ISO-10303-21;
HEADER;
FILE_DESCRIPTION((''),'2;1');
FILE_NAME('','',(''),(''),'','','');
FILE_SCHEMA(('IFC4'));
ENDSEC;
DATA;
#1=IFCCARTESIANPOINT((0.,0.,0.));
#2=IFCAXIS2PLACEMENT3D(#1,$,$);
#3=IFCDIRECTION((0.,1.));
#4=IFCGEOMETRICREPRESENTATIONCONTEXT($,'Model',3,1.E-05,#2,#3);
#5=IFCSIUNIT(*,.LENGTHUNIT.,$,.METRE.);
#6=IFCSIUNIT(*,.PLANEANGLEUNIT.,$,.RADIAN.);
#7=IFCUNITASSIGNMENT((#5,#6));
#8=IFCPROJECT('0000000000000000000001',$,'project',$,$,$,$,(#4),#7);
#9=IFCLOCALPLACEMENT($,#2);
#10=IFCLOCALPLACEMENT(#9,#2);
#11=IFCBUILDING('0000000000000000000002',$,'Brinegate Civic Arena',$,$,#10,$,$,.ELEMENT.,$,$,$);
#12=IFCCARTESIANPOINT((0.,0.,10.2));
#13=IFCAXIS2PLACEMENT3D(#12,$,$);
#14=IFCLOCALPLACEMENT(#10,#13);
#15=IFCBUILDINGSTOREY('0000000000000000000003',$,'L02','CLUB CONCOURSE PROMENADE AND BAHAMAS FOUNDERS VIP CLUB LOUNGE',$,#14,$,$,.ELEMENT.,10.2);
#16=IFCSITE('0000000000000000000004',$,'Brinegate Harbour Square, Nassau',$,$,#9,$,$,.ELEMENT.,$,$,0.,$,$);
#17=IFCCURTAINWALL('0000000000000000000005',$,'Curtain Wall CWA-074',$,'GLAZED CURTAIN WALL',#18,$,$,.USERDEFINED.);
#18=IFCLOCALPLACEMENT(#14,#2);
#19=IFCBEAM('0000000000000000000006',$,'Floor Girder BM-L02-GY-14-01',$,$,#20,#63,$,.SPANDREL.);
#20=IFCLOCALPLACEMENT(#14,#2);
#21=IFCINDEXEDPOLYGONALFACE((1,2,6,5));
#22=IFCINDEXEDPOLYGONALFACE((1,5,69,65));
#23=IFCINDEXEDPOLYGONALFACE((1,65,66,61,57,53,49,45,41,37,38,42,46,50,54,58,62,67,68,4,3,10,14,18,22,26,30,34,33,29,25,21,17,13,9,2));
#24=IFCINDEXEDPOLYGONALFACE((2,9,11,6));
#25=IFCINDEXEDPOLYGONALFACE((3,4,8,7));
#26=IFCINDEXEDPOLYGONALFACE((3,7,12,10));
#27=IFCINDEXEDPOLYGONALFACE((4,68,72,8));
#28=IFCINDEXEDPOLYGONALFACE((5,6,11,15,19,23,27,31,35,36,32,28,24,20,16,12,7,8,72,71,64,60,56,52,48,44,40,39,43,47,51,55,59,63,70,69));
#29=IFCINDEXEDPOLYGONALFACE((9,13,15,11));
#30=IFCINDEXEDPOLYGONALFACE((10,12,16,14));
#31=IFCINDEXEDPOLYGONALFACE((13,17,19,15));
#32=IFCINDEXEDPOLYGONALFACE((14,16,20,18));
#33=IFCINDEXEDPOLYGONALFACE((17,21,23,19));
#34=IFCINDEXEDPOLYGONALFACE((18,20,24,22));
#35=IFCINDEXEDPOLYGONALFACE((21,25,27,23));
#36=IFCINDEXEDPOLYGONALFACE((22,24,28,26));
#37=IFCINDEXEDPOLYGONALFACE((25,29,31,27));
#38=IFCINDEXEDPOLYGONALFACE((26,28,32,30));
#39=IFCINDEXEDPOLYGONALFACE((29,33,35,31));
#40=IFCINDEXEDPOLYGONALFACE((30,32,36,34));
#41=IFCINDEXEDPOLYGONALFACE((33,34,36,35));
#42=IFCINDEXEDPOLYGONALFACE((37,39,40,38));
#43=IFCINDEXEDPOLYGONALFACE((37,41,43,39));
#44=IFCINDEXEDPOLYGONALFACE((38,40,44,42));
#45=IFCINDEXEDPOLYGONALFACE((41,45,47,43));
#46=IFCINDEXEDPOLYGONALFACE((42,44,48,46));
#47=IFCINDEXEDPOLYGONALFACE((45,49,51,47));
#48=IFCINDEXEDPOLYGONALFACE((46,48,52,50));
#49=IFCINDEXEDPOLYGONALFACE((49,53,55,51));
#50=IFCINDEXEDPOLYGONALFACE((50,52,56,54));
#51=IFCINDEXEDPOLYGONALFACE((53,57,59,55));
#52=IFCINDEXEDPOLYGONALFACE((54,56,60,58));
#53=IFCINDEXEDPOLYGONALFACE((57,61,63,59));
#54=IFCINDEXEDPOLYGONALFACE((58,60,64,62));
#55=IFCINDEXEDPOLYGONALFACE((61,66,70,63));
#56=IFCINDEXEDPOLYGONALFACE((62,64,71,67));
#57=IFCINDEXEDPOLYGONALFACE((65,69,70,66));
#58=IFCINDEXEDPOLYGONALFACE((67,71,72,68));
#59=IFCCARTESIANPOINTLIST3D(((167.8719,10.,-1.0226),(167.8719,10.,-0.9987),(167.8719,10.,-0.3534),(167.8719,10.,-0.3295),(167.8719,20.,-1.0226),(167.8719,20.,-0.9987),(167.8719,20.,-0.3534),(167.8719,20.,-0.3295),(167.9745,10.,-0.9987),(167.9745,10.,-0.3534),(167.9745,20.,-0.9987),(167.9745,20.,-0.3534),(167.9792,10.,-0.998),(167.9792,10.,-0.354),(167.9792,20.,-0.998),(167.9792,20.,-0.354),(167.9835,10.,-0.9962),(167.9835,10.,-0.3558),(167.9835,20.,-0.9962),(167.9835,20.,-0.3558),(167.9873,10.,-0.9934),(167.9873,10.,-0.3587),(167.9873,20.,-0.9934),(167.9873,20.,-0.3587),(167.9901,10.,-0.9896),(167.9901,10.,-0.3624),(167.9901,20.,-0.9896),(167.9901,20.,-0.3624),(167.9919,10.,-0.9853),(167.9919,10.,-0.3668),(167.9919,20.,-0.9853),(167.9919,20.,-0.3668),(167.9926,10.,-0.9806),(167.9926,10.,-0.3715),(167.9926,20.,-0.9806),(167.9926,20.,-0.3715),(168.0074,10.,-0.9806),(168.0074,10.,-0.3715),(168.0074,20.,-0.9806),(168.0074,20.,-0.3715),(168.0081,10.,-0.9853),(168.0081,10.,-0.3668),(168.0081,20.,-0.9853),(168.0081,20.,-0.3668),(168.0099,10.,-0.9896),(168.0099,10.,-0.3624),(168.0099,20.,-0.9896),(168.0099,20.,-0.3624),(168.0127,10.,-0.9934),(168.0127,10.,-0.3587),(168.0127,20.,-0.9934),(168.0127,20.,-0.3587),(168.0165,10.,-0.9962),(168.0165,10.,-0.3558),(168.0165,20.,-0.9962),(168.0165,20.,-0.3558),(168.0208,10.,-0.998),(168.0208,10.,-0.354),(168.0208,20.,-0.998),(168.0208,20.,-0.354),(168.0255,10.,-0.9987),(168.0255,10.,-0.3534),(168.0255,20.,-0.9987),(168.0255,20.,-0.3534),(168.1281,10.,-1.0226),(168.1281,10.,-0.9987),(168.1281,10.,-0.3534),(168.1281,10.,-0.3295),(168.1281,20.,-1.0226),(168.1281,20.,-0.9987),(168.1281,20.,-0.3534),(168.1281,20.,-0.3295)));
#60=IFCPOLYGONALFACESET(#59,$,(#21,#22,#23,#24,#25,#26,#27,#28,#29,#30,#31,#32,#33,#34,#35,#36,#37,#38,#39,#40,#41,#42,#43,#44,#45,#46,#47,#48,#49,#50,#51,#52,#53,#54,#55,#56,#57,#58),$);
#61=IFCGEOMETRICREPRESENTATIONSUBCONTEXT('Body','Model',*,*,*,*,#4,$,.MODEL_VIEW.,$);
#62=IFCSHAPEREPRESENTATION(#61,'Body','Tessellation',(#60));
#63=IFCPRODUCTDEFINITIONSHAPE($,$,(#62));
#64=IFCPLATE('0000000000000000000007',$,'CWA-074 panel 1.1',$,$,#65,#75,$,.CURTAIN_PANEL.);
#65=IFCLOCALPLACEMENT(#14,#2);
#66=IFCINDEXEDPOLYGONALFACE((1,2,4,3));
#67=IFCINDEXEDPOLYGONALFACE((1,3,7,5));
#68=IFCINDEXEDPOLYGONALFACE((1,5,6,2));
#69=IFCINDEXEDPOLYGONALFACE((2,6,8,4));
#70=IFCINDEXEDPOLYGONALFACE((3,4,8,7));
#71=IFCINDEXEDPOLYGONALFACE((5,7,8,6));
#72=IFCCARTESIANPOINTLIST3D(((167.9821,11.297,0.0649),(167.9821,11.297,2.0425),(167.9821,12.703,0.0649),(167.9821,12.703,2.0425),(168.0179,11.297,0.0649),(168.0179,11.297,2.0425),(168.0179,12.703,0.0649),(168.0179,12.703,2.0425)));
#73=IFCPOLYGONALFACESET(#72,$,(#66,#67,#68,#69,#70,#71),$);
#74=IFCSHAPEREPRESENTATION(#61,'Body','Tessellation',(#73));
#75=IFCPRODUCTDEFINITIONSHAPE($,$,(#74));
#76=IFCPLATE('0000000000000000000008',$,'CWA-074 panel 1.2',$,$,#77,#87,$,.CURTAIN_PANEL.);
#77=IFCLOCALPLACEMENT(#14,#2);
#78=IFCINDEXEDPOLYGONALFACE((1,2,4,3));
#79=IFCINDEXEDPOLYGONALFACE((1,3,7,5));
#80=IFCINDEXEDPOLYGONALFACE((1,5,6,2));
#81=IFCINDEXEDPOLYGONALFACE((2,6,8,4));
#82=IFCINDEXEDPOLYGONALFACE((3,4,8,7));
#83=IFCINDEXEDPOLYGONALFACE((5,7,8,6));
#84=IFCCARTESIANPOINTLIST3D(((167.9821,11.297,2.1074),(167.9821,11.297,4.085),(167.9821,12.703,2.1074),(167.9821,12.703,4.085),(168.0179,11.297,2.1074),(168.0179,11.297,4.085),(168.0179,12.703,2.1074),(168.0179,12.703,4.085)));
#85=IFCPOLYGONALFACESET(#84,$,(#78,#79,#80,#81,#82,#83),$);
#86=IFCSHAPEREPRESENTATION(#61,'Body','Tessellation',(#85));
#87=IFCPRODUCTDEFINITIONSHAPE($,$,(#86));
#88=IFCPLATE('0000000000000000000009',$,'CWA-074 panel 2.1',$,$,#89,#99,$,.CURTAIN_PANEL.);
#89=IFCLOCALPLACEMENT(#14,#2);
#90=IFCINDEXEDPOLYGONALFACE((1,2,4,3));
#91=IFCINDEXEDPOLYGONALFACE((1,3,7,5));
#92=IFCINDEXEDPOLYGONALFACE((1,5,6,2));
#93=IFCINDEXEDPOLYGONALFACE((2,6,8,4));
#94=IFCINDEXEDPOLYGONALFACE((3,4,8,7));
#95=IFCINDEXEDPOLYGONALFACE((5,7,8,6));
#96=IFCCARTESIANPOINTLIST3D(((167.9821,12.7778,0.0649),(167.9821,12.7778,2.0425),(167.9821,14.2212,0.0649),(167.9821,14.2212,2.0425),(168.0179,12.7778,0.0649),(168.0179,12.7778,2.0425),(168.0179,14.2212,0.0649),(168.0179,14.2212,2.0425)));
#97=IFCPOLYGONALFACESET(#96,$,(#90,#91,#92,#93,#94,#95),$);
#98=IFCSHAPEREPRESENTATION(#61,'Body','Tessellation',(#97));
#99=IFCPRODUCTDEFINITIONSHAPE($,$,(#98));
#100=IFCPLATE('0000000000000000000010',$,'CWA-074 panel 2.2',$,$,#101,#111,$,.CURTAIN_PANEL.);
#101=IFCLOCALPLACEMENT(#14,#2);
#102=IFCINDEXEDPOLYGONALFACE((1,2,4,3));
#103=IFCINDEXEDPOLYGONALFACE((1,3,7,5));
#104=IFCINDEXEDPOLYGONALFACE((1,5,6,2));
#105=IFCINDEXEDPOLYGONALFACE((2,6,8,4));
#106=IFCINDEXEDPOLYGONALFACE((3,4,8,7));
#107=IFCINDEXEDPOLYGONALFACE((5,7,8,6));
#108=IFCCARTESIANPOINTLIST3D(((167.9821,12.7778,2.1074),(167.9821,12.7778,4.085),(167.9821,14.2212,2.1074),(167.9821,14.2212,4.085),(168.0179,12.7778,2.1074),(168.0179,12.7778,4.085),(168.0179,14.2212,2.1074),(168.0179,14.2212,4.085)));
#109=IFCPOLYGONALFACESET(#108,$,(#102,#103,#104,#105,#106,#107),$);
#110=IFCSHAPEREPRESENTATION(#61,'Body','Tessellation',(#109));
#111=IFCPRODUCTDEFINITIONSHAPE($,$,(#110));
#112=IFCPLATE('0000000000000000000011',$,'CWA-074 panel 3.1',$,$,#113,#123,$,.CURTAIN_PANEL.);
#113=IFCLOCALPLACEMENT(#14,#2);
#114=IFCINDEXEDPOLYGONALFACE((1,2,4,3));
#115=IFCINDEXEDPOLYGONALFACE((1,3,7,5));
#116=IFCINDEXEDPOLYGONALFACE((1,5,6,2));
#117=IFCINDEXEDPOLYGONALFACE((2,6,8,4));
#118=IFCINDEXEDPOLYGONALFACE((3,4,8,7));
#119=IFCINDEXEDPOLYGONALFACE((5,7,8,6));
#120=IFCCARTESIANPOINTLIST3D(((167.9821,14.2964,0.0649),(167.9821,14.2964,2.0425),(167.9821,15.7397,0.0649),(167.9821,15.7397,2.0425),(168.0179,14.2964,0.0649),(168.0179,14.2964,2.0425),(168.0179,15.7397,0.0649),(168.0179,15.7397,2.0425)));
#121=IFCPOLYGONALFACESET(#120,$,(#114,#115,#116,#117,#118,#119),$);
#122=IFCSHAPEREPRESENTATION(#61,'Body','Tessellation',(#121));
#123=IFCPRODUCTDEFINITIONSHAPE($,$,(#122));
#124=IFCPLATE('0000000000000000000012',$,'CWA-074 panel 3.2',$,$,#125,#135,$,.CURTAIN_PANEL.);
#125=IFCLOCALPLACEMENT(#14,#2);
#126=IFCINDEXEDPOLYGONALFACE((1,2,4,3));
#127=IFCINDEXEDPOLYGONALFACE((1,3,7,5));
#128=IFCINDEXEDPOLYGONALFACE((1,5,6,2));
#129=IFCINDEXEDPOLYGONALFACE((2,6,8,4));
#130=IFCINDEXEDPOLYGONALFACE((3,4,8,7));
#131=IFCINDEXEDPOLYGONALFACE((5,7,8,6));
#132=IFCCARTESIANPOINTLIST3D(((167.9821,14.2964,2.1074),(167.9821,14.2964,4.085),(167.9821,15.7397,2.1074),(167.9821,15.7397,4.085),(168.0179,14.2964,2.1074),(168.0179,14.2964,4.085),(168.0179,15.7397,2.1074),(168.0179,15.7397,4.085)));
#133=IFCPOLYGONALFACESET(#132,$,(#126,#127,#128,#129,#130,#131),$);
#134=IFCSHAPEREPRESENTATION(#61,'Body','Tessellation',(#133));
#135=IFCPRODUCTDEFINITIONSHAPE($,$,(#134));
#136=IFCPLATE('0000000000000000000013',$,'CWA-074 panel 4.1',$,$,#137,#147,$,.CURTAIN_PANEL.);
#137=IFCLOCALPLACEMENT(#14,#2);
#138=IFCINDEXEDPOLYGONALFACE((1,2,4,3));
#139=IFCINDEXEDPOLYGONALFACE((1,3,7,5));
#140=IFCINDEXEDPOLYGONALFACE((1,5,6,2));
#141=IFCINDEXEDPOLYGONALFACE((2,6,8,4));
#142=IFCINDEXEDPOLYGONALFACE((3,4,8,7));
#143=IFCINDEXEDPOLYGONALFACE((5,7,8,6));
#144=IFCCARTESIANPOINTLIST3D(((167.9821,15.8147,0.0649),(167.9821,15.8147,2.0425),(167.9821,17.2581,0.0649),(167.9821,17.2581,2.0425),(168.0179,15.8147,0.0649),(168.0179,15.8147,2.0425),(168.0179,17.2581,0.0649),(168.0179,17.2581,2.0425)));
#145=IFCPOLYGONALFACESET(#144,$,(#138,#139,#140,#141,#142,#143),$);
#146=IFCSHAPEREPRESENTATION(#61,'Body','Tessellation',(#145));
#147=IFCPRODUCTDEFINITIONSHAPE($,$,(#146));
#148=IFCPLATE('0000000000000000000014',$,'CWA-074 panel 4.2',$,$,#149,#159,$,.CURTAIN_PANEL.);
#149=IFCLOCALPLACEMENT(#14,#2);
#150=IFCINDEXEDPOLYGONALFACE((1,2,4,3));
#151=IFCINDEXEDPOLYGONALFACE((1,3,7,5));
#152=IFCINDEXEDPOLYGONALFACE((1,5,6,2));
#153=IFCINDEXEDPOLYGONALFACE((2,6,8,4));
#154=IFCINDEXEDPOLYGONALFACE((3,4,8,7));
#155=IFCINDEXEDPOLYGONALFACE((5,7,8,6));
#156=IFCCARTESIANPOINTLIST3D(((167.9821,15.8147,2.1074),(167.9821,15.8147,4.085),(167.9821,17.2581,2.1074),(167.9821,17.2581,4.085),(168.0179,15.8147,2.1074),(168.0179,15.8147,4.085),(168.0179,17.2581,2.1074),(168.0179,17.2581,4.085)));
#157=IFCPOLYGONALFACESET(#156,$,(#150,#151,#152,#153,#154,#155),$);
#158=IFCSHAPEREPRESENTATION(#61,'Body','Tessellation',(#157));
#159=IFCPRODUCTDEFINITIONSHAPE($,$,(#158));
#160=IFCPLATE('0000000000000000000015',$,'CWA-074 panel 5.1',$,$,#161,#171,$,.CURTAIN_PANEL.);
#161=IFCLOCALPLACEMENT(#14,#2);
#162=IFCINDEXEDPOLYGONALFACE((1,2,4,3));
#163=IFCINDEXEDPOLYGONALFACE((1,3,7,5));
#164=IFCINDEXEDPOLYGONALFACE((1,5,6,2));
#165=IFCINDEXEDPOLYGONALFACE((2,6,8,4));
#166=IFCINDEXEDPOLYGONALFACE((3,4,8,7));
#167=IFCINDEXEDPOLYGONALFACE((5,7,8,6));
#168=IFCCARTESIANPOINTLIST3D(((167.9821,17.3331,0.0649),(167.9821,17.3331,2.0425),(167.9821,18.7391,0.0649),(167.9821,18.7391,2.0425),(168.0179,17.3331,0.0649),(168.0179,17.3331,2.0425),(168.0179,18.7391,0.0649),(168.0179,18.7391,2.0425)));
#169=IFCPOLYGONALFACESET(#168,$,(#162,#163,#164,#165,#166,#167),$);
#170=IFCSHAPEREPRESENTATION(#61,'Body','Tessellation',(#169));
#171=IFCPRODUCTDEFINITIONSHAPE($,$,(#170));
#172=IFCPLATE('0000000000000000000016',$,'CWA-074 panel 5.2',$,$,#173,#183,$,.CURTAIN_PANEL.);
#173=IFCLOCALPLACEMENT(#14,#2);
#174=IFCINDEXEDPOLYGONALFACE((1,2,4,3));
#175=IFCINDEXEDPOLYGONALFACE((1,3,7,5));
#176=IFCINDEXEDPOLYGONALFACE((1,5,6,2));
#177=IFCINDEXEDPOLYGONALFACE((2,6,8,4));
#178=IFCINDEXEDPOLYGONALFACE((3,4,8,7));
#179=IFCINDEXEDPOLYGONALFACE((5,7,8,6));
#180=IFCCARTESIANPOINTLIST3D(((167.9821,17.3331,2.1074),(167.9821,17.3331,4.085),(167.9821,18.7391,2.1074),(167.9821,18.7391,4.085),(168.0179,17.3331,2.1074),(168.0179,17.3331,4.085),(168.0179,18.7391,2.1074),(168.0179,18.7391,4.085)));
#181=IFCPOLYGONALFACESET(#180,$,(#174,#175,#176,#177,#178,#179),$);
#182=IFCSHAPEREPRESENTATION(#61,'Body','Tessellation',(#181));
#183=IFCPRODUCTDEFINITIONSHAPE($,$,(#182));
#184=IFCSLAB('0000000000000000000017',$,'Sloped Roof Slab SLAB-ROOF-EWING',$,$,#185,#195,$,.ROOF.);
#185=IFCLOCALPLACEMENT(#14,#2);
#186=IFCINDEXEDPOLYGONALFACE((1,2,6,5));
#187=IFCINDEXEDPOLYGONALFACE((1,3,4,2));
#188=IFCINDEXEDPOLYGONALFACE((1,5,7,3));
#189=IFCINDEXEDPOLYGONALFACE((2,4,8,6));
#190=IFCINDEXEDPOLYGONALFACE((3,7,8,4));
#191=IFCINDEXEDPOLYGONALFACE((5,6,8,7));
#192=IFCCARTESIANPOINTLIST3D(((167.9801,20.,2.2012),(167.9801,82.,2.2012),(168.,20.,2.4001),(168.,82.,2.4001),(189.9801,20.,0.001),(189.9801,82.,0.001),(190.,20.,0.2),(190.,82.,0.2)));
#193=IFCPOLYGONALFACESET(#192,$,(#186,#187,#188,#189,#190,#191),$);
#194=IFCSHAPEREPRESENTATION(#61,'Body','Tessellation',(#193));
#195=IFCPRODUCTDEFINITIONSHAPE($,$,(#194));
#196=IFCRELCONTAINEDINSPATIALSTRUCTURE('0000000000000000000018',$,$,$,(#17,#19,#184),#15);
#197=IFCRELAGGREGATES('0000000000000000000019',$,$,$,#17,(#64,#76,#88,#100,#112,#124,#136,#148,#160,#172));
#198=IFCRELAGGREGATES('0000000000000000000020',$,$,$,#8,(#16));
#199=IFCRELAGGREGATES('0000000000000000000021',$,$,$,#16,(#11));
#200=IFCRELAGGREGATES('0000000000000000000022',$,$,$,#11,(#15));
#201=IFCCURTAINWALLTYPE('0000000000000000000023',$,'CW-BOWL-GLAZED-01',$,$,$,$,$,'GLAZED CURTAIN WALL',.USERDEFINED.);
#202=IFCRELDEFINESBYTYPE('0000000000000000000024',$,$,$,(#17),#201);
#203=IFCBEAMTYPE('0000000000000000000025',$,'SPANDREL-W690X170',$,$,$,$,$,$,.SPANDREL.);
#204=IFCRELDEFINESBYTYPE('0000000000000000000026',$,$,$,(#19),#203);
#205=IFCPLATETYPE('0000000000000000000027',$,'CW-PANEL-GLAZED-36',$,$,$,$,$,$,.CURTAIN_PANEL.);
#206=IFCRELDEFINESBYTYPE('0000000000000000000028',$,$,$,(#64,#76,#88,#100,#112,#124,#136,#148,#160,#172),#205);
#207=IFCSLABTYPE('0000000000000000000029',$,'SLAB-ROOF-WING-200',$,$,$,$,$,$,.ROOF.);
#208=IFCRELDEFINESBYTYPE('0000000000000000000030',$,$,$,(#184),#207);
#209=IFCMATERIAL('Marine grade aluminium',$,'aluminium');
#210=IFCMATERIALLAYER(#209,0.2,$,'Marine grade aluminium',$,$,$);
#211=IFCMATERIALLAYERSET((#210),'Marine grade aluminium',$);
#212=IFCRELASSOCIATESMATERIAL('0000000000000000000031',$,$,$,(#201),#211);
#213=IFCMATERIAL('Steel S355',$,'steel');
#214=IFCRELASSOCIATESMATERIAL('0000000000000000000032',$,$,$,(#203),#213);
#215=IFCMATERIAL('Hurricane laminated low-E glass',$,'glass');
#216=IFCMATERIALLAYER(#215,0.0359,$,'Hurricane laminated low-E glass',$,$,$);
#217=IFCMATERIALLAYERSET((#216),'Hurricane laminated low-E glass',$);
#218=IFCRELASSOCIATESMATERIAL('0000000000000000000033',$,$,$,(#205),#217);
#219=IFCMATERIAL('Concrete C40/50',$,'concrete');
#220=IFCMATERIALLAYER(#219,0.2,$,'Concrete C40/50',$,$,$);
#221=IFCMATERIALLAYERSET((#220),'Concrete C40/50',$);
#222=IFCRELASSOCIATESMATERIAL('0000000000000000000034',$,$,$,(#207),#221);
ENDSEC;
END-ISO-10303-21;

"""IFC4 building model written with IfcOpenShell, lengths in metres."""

from ifc_helpers import new_model, si_unit, direction, frame, origin, origin_2d, place, context, subcontext, project, spatial, polyline, rectangle, i_section, outline, extrude, material, layer, layer_set, material_profile, profile_set, type_object, element, aggregate, save


model = new_model("IFC4")

# Units and contexts
model_context = context("Model", 3, precision=1e-05, world=origin(), true_north=direction((0.0, 1.0)))
body_context = subcontext(model_context, "Body", "Model", "MODEL_VIEW")
ifc_project = project(units=[si_unit("LENGTHUNIT", "METRE"), si_unit("PLANEANGLEUNIT", "RADIAN")], contexts=[model_context])

# Site, building, storey
site_placement = place(None, origin())
site = spatial("IfcSite", under=ifc_project, at=site_placement, Name="Brinegate Harbour Square, Nassau", CompositionType="ELEMENT", RefElevation=0.0)
building_placement = place(site_placement, origin())
building = spatial("IfcBuilding", under=site, at=building_placement, Name="Brinegate Civic Arena", CompositionType="ELEMENT")
storey_placement = place(building_placement, frame((0.0, 0.0, 10.2)))
storey = spatial("IfcBuildingStorey", under=building, at=storey_placement, Name="L02", Description="CLUB CONCOURSE PROMENADE AND BAHAMAS FOUNDERS VIP CLUB LOUNGE", CompositionType="ELEMENT", Elevation=10.2)

# Shared definitions
ifc_material_1 = material(Name="Marine grade aluminium", Category="aluminium")
ifc_layer_1 = layer(ifc_material_1, 0.2, Name="Marine grade aluminium")
ifc_layer_set_1 = layer_set([ifc_layer_1], Name="Marine grade aluminium")
curtain_wall_type = type_object("IfcCurtainWallType", Name="CW-BOWL-GLAZED-01", ElementType="GLAZED CURTAIN WALL", PredefinedType="USERDEFINED", material=ifc_layer_set_1)

# Curtain wall
curtain_wall_1_placement = place(storey_placement, origin())
curtain_wall_1 = element("IfcCurtainWall", 1, at=curtain_wall_1_placement, inside=storey, type_object=curtain_wall_type, Name="Curtain Wall CWA-074", ObjectType="GLAZED CURTAIN WALL", PredefinedType="USERDEFINED")

# Beam
ifc_material_2 = material(Name="Steel S355", Category="steel")
ifc_material_profile_1 = material_profile(ifc_material_2, i_section(OverallWidth=0.2561, OverallDepth=0.6931, WebThickness=0.0149, FlangeThickness=0.0239, FilletRadius=0.0181, at=origin_2d()), Name="W690X170")
ifc_profile_set_1 = profile_set([ifc_material_profile_1], Name="Steel S355")
beam_type_1 = type_object("IfcBeamType", Name="SPANDREL-W690X170", PredefinedType="SPANDREL", material=ifc_profile_set_1)
beam_1_placement = place(storey_placement, frame((168.0, 10.0, -0.676), z_axis=(0.0, 1.0, 0.0), x_axis=(-1.0, 0.0, 0.0)))
element("IfcBeam", 2, at=beam_1_placement, inside=storey, type_object=beam_type_1, Name="Floor Girder BM-L02-GY-14-01", PredefinedType="SPANDREL", context=body_context, shape_type="SweptSolid", body=[
    extrude(i_section(OverallWidth=0.2561, OverallDepth=0.6931, WebThickness=0.0149, FlangeThickness=0.0239, FilletRadius=0.0181, at=origin_2d()), origin(), (0.0, 0.0, 1.0), 10.0),
])

# Plates
ifc_material_3 = material(Name="Hurricane laminated low-E glass", Category="glass")
ifc_layer_2 = layer(ifc_material_3, 0.0359, Name="Hurricane laminated low-E glass")
ifc_layer_set_2 = layer_set([ifc_layer_2], Name="Hurricane laminated low-E glass")
plate_type = type_object("IfcPlateType", Name="CW-PANEL-GLAZED-36", PredefinedType="CURTAIN_PANEL", material=ifc_layer_set_2)
plate_1_placement = place(storey_placement, frame((168.0, 12.0, 0.0649), z_axis=(0.0, 0.0, 1.0), x_axis=(0.0, 1.0, 0.0)))
plate_1 = element("IfcPlate", 3, at=plate_1_placement, type_object=plate_type, Name="CWA-074 panel 1.1", PredefinedType="CURTAIN_PANEL", context=body_context, shape_type="SweptSolid", body=[
    extrude(rectangle(XDim=1.406, YDim=0.0359, at=origin_2d()), origin(), (0.0, 0.0, 1.0), 1.9775),
])
plate_2_placement = place(storey_placement, frame((168.0, 12.0, 2.1074), z_axis=(0.0, 0.0, 1.0), x_axis=(0.0, 1.0, 0.0)))
plate_2 = element("IfcPlate", 4, at=plate_2_placement, type_object=plate_type, Name="CWA-074 panel 1.2", PredefinedType="CURTAIN_PANEL", context=body_context, shape_type="SweptSolid", body=[
    extrude(rectangle(XDim=1.406, YDim=0.0359, at=origin_2d()), origin(), (0.0, 0.0, 1.0), 1.9775),
])
plate_3_placement = place(storey_placement, frame((168.0, 13.4995, 0.0649), z_axis=(0.0, 0.0, 1.0), x_axis=(0.0, 1.0, 0.0)))
plate_3 = element("IfcPlate", 5, at=plate_3_placement, type_object=plate_type, Name="CWA-074 panel 2.1", PredefinedType="CURTAIN_PANEL", context=body_context, shape_type="SweptSolid", body=[
    extrude(rectangle(XDim=1.4434, YDim=0.0359, at=origin_2d()), origin(), (0.0, 0.0, 1.0), 1.9775),
])
plate_4_placement = place(storey_placement, frame((168.0, 13.4995, 2.1074), z_axis=(0.0, 0.0, 1.0), x_axis=(0.0, 1.0, 0.0)))
plate_4 = element("IfcPlate", 6, at=plate_4_placement, type_object=plate_type, Name="CWA-074 panel 2.2", PredefinedType="CURTAIN_PANEL", context=body_context, shape_type="SweptSolid", body=[
    extrude(rectangle(XDim=1.4434, YDim=0.0359, at=origin_2d()), origin(), (0.0, 0.0, 1.0), 1.9775),
])
plate_5_placement = place(storey_placement, frame((168.0, 15.0181, 0.0649), z_axis=(0.0, 0.0, 1.0), x_axis=(0.0, 1.0, 0.0)))
plate_5 = element("IfcPlate", 7, at=plate_5_placement, type_object=plate_type, Name="CWA-074 panel 3.1", PredefinedType="CURTAIN_PANEL", context=body_context, shape_type="SweptSolid", body=[
    extrude(rectangle(XDim=1.4434, YDim=0.0359, at=origin_2d()), origin(), (0.0, 0.0, 1.0), 1.9775),
])
plate_6_placement = place(storey_placement, frame((168.0, 15.0181, 2.1074), z_axis=(0.0, 0.0, 1.0), x_axis=(0.0, 1.0, 0.0)))
plate_6 = element("IfcPlate", 8, at=plate_6_placement, type_object=plate_type, Name="CWA-074 panel 3.2", PredefinedType="CURTAIN_PANEL", context=body_context, shape_type="SweptSolid", body=[
    extrude(rectangle(XDim=1.4434, YDim=0.0359, at=origin_2d()), origin(), (0.0, 0.0, 1.0), 1.9775),
])
plate_7_placement = place(storey_placement, frame((168.0, 16.5364, 0.0649), z_axis=(0.0, 0.0, 1.0), x_axis=(0.0, 1.0, 0.0)))
plate_7 = element("IfcPlate", 9, at=plate_7_placement, type_object=plate_type, Name="CWA-074 panel 4.1", PredefinedType="CURTAIN_PANEL", context=body_context, shape_type="SweptSolid", body=[
    extrude(rectangle(XDim=1.4434, YDim=0.0359, at=origin_2d()), origin(), (0.0, 0.0, 1.0), 1.9775),
])
plate_8_placement = place(storey_placement, frame((168.0, 16.5364, 2.1074), z_axis=(0.0, 0.0, 1.0), x_axis=(0.0, 1.0, 0.0)))
plate_8 = element("IfcPlate", 10, at=plate_8_placement, type_object=plate_type, Name="CWA-074 panel 4.2", PredefinedType="CURTAIN_PANEL", context=body_context, shape_type="SweptSolid", body=[
    extrude(rectangle(XDim=1.4434, YDim=0.0359, at=origin_2d()), origin(), (0.0, 0.0, 1.0), 1.9775),
])
plate_9_placement = place(storey_placement, frame((168.0, 18.0361, 0.0649), z_axis=(0.0, 0.0, 1.0), x_axis=(0.0, 1.0, 0.0)))
plate_9 = element("IfcPlate", 11, at=plate_9_placement, type_object=plate_type, Name="CWA-074 panel 5.1", PredefinedType="CURTAIN_PANEL", context=body_context, shape_type="SweptSolid", body=[
    extrude(rectangle(XDim=1.406, YDim=0.0359, at=origin_2d()), origin(), (0.0, 0.0, 1.0), 1.9775),
])
plate_10_placement = place(storey_placement, frame((168.0, 18.0361, 2.1074), z_axis=(0.0, 0.0, 1.0), x_axis=(0.0, 1.0, 0.0)))
plate_10 = element("IfcPlate", 12, at=plate_10_placement, type_object=plate_type, Name="CWA-074 panel 5.2", PredefinedType="CURTAIN_PANEL", context=body_context, shape_type="SweptSolid", body=[
    extrude(rectangle(XDim=1.406, YDim=0.0359, at=origin_2d()), origin(), (0.0, 0.0, 1.0), 1.9775),
])
aggregate(curtain_wall_1, [plate_1, plate_2, plate_3, plate_4, plate_5, plate_6, plate_7, plate_8, plate_9, plate_10])

# Slab
ifc_material_4 = material(Name="Concrete C40/50", Category="concrete")
ifc_layer_3 = layer(ifc_material_4, 0.2, Name="Concrete C40/50")
ifc_layer_set_3 = layer_set([ifc_layer_3], Name="Concrete C40/50")
slab_type = type_object("IfcSlabType", Name="SLAB-ROOF-WING-200", PredefinedType="ROOF", material=ifc_layer_set_3)
slab_placement = place(storey_placement, frame((168.0, 20.0, 2.4001), z_axis=(0.099512, 0.0, 0.995036), x_axis=(0.995036, 0.0, -0.099512)))
element("IfcSlab", 13, at=slab_placement, inside=storey, type_object=slab_type, Name="Sloped Roof Slab SLAB-ROOF-EWING", PredefinedType="ROOF", context=body_context, shape_type="SweptSolid", body=[
    extrude(outline(polyline([(0.0, 0.0), (22.1097, 0.0), (22.1097, 62.0), (0.0, 62.0), (0.0, 0.0)])), origin(), (0.0, 0.0, -1.0), 0.2),
])

save(model, "model.ifc")
